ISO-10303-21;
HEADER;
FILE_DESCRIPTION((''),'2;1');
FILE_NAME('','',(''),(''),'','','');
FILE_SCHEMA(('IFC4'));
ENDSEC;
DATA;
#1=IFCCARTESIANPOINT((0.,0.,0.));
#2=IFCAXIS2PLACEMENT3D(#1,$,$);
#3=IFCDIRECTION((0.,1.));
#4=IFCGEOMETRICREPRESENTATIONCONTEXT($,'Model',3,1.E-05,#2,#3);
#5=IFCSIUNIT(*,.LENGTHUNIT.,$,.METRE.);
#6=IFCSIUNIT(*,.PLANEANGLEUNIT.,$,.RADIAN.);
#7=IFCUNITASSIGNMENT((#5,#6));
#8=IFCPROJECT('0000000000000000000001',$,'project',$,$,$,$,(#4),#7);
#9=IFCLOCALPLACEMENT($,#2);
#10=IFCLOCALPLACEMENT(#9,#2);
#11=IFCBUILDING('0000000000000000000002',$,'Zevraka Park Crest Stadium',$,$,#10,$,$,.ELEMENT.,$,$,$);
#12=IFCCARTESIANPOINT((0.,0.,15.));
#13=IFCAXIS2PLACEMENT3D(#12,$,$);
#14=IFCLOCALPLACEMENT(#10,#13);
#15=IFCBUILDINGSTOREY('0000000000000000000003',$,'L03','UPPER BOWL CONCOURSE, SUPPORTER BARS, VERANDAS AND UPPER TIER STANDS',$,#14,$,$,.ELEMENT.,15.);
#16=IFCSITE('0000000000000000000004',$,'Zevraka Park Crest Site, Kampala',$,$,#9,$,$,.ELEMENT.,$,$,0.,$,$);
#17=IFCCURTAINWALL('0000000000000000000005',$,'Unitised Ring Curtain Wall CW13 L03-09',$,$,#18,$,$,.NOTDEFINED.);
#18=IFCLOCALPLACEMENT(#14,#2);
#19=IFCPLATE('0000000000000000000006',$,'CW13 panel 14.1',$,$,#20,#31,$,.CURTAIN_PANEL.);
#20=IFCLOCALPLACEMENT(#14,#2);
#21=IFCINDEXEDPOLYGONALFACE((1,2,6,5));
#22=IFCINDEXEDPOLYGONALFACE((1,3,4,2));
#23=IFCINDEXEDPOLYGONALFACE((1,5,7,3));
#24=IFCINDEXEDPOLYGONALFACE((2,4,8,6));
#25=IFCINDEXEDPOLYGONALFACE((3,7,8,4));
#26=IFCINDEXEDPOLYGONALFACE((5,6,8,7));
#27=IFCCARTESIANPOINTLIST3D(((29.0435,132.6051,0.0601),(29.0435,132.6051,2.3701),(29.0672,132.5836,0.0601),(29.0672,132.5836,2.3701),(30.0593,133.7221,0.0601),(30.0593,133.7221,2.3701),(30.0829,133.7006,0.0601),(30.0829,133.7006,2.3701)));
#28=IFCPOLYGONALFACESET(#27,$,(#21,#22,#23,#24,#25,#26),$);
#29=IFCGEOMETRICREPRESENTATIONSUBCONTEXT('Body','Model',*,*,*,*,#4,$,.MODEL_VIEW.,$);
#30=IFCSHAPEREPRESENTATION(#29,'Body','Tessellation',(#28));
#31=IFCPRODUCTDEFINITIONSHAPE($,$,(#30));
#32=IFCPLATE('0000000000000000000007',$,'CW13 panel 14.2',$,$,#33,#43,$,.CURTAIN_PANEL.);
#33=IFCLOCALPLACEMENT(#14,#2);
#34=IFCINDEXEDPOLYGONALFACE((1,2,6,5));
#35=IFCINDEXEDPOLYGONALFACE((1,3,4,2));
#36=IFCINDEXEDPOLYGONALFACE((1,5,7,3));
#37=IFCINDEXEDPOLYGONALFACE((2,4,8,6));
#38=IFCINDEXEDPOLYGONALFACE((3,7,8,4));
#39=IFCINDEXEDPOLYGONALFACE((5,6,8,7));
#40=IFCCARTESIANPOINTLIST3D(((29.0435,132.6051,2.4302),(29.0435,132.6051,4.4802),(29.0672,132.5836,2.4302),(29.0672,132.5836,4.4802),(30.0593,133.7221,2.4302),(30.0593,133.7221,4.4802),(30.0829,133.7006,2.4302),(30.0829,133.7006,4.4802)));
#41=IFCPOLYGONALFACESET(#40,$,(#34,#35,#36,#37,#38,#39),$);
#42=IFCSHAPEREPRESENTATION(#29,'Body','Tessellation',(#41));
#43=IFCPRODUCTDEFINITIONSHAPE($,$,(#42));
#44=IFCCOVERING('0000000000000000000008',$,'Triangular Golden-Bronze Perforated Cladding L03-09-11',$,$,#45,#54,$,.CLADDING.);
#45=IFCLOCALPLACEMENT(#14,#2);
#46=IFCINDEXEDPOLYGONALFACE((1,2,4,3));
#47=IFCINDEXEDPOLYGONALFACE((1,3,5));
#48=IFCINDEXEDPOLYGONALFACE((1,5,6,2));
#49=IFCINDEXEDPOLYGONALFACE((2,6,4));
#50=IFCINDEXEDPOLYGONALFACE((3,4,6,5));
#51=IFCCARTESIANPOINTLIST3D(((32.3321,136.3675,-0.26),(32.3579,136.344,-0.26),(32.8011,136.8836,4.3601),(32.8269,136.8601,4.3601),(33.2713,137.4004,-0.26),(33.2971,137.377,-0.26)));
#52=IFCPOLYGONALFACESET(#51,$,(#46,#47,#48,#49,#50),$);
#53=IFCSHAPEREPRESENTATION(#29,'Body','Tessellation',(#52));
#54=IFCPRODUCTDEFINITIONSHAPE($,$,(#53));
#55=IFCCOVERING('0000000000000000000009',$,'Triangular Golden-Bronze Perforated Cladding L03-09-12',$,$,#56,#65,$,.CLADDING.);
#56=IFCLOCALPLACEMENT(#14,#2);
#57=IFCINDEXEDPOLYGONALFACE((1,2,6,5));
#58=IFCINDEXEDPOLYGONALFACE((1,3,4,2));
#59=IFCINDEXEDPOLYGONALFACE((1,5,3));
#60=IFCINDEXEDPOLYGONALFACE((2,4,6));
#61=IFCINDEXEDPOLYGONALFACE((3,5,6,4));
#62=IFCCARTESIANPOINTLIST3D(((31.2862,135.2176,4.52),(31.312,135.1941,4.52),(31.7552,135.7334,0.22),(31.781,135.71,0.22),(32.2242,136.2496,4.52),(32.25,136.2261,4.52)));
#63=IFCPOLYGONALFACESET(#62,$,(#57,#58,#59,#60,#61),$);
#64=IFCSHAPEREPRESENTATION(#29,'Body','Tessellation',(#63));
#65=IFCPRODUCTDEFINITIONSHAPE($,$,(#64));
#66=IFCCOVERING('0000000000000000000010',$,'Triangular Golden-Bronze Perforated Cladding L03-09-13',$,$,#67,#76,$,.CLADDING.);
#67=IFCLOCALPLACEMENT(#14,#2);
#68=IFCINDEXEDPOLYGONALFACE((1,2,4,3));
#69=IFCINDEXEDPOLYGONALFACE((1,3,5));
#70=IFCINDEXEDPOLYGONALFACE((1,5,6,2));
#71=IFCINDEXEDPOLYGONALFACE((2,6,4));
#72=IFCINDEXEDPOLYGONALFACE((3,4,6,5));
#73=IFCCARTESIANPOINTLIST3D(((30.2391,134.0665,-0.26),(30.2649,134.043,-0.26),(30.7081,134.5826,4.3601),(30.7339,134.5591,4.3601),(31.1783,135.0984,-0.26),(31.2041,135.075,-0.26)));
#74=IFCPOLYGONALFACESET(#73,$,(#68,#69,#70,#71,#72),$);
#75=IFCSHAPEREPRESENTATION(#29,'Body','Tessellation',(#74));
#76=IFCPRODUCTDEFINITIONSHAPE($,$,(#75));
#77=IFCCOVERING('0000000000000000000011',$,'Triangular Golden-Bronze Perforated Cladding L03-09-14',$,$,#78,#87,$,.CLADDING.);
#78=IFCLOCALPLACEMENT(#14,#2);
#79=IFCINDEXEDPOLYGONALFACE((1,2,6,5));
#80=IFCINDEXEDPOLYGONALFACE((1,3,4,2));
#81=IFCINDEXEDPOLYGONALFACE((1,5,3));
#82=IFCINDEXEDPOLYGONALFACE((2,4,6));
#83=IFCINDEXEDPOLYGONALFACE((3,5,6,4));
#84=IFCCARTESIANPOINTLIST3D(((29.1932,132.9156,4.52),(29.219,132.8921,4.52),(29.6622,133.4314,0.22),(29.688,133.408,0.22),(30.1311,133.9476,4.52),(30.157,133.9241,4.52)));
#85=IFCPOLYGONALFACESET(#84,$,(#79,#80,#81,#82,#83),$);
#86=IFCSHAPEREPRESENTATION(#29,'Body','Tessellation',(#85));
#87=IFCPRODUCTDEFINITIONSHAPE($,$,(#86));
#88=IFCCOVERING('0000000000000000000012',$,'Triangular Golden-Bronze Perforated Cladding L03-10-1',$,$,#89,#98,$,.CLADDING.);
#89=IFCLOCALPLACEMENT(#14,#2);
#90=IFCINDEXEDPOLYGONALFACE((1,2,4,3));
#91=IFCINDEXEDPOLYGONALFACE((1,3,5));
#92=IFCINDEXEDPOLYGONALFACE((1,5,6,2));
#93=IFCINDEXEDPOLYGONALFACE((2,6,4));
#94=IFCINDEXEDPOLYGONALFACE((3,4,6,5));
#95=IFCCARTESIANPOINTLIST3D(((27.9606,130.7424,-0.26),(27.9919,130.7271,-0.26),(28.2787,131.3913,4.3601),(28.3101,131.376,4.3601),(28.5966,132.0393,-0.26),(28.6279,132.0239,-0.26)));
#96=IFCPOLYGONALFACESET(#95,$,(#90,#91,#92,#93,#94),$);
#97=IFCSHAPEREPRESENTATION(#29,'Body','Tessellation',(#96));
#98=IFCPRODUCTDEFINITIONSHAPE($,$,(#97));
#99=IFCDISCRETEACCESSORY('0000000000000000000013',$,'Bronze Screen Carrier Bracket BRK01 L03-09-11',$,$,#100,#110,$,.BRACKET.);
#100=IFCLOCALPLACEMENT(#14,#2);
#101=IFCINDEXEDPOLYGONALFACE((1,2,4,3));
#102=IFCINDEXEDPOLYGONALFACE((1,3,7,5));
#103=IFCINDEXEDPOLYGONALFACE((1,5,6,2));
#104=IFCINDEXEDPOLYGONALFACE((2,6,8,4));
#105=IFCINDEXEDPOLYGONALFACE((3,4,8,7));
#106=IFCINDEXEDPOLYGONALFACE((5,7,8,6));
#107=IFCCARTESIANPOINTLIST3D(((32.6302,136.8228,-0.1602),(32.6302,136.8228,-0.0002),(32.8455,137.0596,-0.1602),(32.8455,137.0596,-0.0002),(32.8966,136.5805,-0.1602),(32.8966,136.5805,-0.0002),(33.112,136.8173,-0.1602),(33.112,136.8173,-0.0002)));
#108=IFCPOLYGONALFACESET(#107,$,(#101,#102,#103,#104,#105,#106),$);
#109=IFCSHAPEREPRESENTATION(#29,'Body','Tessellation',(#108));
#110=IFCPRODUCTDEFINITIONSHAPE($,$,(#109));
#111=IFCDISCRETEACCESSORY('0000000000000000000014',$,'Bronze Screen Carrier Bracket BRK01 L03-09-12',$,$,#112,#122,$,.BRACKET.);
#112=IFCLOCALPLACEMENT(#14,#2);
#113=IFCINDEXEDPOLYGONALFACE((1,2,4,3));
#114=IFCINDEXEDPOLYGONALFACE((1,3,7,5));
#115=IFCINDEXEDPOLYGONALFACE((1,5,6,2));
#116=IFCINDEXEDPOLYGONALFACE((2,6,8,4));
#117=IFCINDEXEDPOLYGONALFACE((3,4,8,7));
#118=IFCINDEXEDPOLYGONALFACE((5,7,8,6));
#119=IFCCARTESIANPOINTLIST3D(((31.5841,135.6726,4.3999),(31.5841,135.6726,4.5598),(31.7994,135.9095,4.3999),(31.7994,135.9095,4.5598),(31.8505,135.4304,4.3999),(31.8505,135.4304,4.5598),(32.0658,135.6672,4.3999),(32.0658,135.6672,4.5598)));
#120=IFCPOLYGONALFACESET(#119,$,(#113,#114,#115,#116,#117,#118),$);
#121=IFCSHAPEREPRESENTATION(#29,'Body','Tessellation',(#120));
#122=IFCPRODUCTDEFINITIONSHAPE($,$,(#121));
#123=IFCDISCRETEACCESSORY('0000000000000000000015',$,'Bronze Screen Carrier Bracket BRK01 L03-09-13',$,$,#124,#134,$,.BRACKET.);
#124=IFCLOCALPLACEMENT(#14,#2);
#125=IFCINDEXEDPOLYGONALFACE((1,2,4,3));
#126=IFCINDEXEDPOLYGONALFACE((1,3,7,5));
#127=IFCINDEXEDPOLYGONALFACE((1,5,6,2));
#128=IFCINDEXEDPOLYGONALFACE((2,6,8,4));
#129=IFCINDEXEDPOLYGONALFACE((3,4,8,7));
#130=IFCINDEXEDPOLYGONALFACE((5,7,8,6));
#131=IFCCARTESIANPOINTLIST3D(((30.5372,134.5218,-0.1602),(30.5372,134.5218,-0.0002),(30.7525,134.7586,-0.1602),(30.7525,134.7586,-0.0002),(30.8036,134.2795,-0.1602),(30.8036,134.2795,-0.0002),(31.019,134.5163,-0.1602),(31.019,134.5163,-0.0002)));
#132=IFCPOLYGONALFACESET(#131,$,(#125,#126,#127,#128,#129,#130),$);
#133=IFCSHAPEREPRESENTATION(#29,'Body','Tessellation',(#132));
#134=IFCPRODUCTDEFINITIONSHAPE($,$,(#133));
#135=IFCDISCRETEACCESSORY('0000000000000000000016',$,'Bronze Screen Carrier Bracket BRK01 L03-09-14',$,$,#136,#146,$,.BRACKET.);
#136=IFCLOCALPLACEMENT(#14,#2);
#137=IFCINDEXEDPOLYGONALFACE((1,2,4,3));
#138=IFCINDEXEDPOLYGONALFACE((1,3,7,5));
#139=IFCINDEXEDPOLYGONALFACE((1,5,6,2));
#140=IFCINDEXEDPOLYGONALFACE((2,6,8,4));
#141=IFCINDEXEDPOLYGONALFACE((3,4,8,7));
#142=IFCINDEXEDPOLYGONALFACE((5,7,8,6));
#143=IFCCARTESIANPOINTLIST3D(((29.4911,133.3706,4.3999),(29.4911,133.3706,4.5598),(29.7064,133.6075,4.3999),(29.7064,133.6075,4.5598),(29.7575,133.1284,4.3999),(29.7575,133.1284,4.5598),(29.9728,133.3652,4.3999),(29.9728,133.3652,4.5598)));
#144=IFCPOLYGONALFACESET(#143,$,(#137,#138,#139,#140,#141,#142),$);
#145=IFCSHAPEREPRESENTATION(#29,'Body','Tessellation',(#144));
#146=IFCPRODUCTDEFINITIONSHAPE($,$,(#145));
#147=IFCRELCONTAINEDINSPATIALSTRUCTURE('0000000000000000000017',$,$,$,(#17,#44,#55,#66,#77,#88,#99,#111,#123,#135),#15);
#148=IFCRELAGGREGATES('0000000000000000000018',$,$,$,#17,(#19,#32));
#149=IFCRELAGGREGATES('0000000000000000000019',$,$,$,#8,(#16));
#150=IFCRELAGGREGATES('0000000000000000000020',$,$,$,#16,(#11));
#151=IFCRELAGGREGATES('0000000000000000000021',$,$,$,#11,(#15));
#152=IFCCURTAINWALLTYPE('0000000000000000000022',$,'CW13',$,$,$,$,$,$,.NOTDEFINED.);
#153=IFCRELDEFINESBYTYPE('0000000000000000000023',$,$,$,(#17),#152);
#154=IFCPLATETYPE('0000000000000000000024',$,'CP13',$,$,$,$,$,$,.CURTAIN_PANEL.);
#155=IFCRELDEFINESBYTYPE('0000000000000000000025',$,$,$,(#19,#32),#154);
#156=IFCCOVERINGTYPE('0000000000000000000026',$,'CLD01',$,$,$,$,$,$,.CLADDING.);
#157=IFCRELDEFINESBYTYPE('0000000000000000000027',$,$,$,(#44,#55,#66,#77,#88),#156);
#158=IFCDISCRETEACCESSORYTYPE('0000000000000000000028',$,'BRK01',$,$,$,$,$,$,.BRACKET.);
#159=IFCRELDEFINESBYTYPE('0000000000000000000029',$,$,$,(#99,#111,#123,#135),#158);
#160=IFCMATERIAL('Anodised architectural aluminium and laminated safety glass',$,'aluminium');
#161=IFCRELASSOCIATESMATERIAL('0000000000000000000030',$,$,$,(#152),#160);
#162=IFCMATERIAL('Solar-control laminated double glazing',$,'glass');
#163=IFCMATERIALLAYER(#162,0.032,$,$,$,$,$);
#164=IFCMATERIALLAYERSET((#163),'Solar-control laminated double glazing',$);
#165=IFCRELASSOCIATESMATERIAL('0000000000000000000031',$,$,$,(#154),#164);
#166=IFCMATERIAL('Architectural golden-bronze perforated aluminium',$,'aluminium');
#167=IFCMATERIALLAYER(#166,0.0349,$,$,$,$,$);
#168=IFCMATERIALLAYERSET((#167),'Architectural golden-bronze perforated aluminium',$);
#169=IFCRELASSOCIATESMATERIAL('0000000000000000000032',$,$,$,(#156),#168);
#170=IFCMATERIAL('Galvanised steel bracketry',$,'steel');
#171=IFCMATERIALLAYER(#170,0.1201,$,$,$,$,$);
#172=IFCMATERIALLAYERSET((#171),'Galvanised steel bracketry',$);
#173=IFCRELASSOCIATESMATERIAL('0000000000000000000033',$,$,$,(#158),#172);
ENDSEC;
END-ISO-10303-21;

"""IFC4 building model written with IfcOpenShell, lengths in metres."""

from ifc_helpers import new_model, si_unit, direction, frame, origin, origin_2d, place, context, subcontext, project, spatial, polyline, rectangle, outline, extrude, material, layer, layer_set, type_object, element, aggregate, save


model = new_model("IFC4")

# Units and contexts
model_context = context("Model", 3, precision=1e-05, world=origin(), true_north=direction((0.0, 1.0)))
body_context = subcontext(model_context, "Body", "Model", "MODEL_VIEW")
ifc_project = project(units=[si_unit("LENGTHUNIT", "METRE"), si_unit("PLANEANGLEUNIT", "RADIAN")], contexts=[model_context])

# Site, building, storey
site_placement = place(None, origin())
site = spatial("IfcSite", under=ifc_project, at=site_placement, Name="Zevraka Park Crest Site, Kampala", CompositionType="ELEMENT", RefElevation=0.0)
building_placement = place(site_placement, origin())
building = spatial("IfcBuilding", under=site, at=building_placement, Name="Zevraka Park Crest Stadium", CompositionType="ELEMENT")
storey_placement = place(building_placement, frame((0.0, 0.0, 15.0)))
storey = spatial("IfcBuildingStorey", under=building, at=storey_placement, Name="L03", Description="UPPER BOWL CONCOURSE, SUPPORTER BARS, VERANDAS AND UPPER TIER STANDS", CompositionType="ELEMENT", Elevation=15.0)

# Curtain wall
ifc_material_1 = material(Name="Anodised architectural aluminium and laminated safety glass", Category="aluminium")
curtain_wall_type_1 = type_object("IfcCurtainWallType", Name="CW13", PredefinedType="NOTDEFINED", material=ifc_material_1)
curtain_wall_1_placement = place(storey_placement, origin())
curtain_wall_1 = element("IfcCurtainWall", 1, at=curtain_wall_1_placement, inside=storey, type_object=curtain_wall_type_1, Name="Unitised Ring Curtain Wall CW13 L03-09", PredefinedType="NOTDEFINED")

# Plates
ifc_material_2 = material(Name="Solar-control laminated double glazing", Category="glass")
ifc_layer_1 = layer(ifc_material_2, 0.032)
ifc_layer_set_1 = layer_set([ifc_layer_1], Name="Solar-control laminated double glazing")
plate_type_1 = type_object("IfcPlateType", Name="CP13", PredefinedType="CURTAIN_PANEL", material=ifc_layer_set_1)
plate_1_placement = place(storey_placement, frame((29.5632, 133.1528, 0.0601), z_axis=(0.0, 0.0, 1.0), x_axis=(-0.672802, -0.739823, 0.0)))
plate_1 = element("IfcPlate", 2, at=plate_1_placement, type_object=plate_type_1, Name="CW13 panel 14.1", PredefinedType="CURTAIN_PANEL", context=body_context, shape_type="SweptSolid", body=[
    extrude(rectangle(XDim=1.5098, YDim=0.032, at=origin_2d()), origin(), (0.0, 0.0, 1.0), 2.3101),
])
plate_2_placement = place(storey_placement, frame((29.5632, 133.1528, 2.4302), z_axis=(0.0, 0.0, 1.0), x_axis=(-0.672802, -0.739823, 0.0)))
plate_2 = element("IfcPlate", 3, at=plate_2_placement, type_object=plate_type_1, Name="CW13 panel 14.2", PredefinedType="CURTAIN_PANEL", context=body_context, shape_type="SweptSolid", body=[
    extrude(rectangle(XDim=1.5098, YDim=0.032, at=origin_2d()), origin(), (0.0, 0.0, 1.0), 2.05),
])
aggregate(curtain_wall_1, [plate_1, plate_2])

# Coverings
ifc_material_3 = material(Name="Architectural golden-bronze perforated aluminium", Category="aluminium")
ifc_layer_2 = layer(ifc_material_3, 0.0349)
ifc_layer_set_2 = layer_set([ifc_layer_2], Name="Architectural golden-bronze perforated aluminium")
covering_type = type_object("IfcCoveringType", Name="CLD01", PredefinedType="CLADDING", material=ifc_layer_set_2)
covering_1_placement = place(storey_placement, frame((33.2971, 137.377, -0.26), z_axis=(0.739885, -0.672734, 0.000044), x_axis=(-0.672734, -0.739885, 0.0)))
element("IfcCovering", 4, at=covering_1_placement, inside=storey, type_object=covering_type, Name="Triangular Golden-Bronze Perforated Cladding L03-09-11", PredefinedType="CLADDING", context=body_context, shape_type="SweptSolid", body=[
    extrude(outline(polyline([(0.0, 0.0), (1.3961, 0.0), (0.6987, -4.6201), (0.0, 0.0)])), origin(), (0.0, 0.0, -1.0), 0.0349),
])
covering_2_placement = place(storey_placement, frame((31.312, 135.1941, 4.52), z_axis=(0.740003, -0.672603, 0.000019), x_axis=(0.672603, 0.740003, 0.0)))
element("IfcCovering", 5, at=covering_2_placement, inside=storey, type_object=covering_type, Name="Triangular Golden-Bronze Perforated Cladding L03-09-12", PredefinedType="CLADDING", context=body_context, shape_type="SweptSolid", body=[
    extrude(outline(polyline([(0.0, 0.0), (1.3946, 0.0), (0.6972, -4.3), (0.0, 0.0)])), origin(), (0.0, 0.0, -1.0), 0.0349),
])
covering_3_placement = place(storey_placement, frame((31.2041, 135.075, -0.26), z_axis=(0.739568, -0.673082, 0.000115), x_axis=(-0.673082, -0.739568, 0.0)))
element("IfcCovering", 6, at=covering_3_placement, inside=storey, type_object=covering_type, Name="Triangular Golden-Bronze Perforated Cladding L03-09-13", PredefinedType="CLADDING", context=body_context, shape_type="SweptSolid", body=[
    extrude(outline(polyline([(0.0, 0.0), (1.3954, 0.0), (0.698, -4.6201), (0.0, 0.0)])), origin(), (0.0, 0.0, -1.0), 0.0349),
])
covering_4_placement = place(storey_placement, frame((29.219, 132.8921, 4.52), z_axis=(0.740003, -0.672603, 0.000019), x_axis=(0.672603, 0.740003, 0.0)))
element("IfcCovering", 7, at=covering_4_placement, inside=storey, type_object=covering_type, Name="Triangular Golden-Bronze Perforated Cladding L03-09-14", PredefinedType="CLADDING", context=body_context, shape_type="SweptSolid", body=[
    extrude(outline(polyline([(0.0, 0.0), (1.3946, 0.0), (0.6972, -4.3), (0.0, 0.0)])), origin(), (0.0, 0.0, -1.0), 0.0349),
])
covering_5_placement = place(storey_placement, frame((28.6279, 132.0239, -0.26), z_axis=(0.897849, -0.440304, 0.000023), x_axis=(-0.440304, -0.897849, 0.0)))
element("IfcCovering", 8, at=covering_5_placement, inside=storey, type_object=covering_type, Name="Triangular Golden-Bronze Perforated Cladding L03-10-1", PredefinedType="CLADDING", context=body_context, shape_type="SweptSolid", body=[
    extrude(outline(polyline([(0.0, 0.0), (1.4444, 0.0), (0.7217, -4.6201), (0.0, 0.0)])), origin(), (0.0, 0.0, -1.0), 0.0349),
])

# Discrete accessories
ifc_material_4 = material(Name="Galvanised steel bracketry", Category="steel")
ifc_layer_3 = layer(ifc_material_4, 0.1201)
ifc_layer_set_3 = layer_set([ifc_layer_3], Name="Galvanised steel bracketry")
discrete_accessory_type = type_object("IfcDiscreteAccessoryType", Name="BRK01", PredefinedType="BRACKET", material=ifc_layer_set_3)
for number, where, z_axis, x_axis, name in (
    (9, (32.8711, 136.8201, -0.1602), (0.0, 0.0, 1.0), (-0.672754, -0.739866, 0.0), "Bronze Screen Carrier Bracket BRK01 L03-09-11"),
    (10, (31.825, 135.6699, 4.3999), (0.0, 0.0, 1.0), (-0.672754, -0.739866, 0.0), "Bronze Screen Carrier Bracket BRK01 L03-09-12"),
    (11, (30.7781, 134.519, -0.1602), (0.0, 0.0, 1.0), (-0.672754, -0.739866, 0.0), "Bronze Screen Carrier Bracket BRK01 L03-09-13"),
    (12, (29.7319, 133.3679, 4.3999), (0.0, 0.0, 1.0), (-0.672754, -0.739866, 0.0), "Bronze Screen Carrier Bracket BRK01 L03-09-14"),
):
    element("IfcDiscreteAccessory", number, at=place(storey_placement, frame(where, z_axis=z_axis, x_axis=x_axis)), inside=storey, type_object=discrete_accessory_type, Name=name, PredefinedType="BRACKET", context=body_context, shape_type="SweptSolid", body=[
        extrude(rectangle(XDim=0.3201, YDim=0.3601, at=origin_2d()), origin(), (0.0, 0.0, 1.0), 0.1599),
    ])

save(model, "model.ifc")
